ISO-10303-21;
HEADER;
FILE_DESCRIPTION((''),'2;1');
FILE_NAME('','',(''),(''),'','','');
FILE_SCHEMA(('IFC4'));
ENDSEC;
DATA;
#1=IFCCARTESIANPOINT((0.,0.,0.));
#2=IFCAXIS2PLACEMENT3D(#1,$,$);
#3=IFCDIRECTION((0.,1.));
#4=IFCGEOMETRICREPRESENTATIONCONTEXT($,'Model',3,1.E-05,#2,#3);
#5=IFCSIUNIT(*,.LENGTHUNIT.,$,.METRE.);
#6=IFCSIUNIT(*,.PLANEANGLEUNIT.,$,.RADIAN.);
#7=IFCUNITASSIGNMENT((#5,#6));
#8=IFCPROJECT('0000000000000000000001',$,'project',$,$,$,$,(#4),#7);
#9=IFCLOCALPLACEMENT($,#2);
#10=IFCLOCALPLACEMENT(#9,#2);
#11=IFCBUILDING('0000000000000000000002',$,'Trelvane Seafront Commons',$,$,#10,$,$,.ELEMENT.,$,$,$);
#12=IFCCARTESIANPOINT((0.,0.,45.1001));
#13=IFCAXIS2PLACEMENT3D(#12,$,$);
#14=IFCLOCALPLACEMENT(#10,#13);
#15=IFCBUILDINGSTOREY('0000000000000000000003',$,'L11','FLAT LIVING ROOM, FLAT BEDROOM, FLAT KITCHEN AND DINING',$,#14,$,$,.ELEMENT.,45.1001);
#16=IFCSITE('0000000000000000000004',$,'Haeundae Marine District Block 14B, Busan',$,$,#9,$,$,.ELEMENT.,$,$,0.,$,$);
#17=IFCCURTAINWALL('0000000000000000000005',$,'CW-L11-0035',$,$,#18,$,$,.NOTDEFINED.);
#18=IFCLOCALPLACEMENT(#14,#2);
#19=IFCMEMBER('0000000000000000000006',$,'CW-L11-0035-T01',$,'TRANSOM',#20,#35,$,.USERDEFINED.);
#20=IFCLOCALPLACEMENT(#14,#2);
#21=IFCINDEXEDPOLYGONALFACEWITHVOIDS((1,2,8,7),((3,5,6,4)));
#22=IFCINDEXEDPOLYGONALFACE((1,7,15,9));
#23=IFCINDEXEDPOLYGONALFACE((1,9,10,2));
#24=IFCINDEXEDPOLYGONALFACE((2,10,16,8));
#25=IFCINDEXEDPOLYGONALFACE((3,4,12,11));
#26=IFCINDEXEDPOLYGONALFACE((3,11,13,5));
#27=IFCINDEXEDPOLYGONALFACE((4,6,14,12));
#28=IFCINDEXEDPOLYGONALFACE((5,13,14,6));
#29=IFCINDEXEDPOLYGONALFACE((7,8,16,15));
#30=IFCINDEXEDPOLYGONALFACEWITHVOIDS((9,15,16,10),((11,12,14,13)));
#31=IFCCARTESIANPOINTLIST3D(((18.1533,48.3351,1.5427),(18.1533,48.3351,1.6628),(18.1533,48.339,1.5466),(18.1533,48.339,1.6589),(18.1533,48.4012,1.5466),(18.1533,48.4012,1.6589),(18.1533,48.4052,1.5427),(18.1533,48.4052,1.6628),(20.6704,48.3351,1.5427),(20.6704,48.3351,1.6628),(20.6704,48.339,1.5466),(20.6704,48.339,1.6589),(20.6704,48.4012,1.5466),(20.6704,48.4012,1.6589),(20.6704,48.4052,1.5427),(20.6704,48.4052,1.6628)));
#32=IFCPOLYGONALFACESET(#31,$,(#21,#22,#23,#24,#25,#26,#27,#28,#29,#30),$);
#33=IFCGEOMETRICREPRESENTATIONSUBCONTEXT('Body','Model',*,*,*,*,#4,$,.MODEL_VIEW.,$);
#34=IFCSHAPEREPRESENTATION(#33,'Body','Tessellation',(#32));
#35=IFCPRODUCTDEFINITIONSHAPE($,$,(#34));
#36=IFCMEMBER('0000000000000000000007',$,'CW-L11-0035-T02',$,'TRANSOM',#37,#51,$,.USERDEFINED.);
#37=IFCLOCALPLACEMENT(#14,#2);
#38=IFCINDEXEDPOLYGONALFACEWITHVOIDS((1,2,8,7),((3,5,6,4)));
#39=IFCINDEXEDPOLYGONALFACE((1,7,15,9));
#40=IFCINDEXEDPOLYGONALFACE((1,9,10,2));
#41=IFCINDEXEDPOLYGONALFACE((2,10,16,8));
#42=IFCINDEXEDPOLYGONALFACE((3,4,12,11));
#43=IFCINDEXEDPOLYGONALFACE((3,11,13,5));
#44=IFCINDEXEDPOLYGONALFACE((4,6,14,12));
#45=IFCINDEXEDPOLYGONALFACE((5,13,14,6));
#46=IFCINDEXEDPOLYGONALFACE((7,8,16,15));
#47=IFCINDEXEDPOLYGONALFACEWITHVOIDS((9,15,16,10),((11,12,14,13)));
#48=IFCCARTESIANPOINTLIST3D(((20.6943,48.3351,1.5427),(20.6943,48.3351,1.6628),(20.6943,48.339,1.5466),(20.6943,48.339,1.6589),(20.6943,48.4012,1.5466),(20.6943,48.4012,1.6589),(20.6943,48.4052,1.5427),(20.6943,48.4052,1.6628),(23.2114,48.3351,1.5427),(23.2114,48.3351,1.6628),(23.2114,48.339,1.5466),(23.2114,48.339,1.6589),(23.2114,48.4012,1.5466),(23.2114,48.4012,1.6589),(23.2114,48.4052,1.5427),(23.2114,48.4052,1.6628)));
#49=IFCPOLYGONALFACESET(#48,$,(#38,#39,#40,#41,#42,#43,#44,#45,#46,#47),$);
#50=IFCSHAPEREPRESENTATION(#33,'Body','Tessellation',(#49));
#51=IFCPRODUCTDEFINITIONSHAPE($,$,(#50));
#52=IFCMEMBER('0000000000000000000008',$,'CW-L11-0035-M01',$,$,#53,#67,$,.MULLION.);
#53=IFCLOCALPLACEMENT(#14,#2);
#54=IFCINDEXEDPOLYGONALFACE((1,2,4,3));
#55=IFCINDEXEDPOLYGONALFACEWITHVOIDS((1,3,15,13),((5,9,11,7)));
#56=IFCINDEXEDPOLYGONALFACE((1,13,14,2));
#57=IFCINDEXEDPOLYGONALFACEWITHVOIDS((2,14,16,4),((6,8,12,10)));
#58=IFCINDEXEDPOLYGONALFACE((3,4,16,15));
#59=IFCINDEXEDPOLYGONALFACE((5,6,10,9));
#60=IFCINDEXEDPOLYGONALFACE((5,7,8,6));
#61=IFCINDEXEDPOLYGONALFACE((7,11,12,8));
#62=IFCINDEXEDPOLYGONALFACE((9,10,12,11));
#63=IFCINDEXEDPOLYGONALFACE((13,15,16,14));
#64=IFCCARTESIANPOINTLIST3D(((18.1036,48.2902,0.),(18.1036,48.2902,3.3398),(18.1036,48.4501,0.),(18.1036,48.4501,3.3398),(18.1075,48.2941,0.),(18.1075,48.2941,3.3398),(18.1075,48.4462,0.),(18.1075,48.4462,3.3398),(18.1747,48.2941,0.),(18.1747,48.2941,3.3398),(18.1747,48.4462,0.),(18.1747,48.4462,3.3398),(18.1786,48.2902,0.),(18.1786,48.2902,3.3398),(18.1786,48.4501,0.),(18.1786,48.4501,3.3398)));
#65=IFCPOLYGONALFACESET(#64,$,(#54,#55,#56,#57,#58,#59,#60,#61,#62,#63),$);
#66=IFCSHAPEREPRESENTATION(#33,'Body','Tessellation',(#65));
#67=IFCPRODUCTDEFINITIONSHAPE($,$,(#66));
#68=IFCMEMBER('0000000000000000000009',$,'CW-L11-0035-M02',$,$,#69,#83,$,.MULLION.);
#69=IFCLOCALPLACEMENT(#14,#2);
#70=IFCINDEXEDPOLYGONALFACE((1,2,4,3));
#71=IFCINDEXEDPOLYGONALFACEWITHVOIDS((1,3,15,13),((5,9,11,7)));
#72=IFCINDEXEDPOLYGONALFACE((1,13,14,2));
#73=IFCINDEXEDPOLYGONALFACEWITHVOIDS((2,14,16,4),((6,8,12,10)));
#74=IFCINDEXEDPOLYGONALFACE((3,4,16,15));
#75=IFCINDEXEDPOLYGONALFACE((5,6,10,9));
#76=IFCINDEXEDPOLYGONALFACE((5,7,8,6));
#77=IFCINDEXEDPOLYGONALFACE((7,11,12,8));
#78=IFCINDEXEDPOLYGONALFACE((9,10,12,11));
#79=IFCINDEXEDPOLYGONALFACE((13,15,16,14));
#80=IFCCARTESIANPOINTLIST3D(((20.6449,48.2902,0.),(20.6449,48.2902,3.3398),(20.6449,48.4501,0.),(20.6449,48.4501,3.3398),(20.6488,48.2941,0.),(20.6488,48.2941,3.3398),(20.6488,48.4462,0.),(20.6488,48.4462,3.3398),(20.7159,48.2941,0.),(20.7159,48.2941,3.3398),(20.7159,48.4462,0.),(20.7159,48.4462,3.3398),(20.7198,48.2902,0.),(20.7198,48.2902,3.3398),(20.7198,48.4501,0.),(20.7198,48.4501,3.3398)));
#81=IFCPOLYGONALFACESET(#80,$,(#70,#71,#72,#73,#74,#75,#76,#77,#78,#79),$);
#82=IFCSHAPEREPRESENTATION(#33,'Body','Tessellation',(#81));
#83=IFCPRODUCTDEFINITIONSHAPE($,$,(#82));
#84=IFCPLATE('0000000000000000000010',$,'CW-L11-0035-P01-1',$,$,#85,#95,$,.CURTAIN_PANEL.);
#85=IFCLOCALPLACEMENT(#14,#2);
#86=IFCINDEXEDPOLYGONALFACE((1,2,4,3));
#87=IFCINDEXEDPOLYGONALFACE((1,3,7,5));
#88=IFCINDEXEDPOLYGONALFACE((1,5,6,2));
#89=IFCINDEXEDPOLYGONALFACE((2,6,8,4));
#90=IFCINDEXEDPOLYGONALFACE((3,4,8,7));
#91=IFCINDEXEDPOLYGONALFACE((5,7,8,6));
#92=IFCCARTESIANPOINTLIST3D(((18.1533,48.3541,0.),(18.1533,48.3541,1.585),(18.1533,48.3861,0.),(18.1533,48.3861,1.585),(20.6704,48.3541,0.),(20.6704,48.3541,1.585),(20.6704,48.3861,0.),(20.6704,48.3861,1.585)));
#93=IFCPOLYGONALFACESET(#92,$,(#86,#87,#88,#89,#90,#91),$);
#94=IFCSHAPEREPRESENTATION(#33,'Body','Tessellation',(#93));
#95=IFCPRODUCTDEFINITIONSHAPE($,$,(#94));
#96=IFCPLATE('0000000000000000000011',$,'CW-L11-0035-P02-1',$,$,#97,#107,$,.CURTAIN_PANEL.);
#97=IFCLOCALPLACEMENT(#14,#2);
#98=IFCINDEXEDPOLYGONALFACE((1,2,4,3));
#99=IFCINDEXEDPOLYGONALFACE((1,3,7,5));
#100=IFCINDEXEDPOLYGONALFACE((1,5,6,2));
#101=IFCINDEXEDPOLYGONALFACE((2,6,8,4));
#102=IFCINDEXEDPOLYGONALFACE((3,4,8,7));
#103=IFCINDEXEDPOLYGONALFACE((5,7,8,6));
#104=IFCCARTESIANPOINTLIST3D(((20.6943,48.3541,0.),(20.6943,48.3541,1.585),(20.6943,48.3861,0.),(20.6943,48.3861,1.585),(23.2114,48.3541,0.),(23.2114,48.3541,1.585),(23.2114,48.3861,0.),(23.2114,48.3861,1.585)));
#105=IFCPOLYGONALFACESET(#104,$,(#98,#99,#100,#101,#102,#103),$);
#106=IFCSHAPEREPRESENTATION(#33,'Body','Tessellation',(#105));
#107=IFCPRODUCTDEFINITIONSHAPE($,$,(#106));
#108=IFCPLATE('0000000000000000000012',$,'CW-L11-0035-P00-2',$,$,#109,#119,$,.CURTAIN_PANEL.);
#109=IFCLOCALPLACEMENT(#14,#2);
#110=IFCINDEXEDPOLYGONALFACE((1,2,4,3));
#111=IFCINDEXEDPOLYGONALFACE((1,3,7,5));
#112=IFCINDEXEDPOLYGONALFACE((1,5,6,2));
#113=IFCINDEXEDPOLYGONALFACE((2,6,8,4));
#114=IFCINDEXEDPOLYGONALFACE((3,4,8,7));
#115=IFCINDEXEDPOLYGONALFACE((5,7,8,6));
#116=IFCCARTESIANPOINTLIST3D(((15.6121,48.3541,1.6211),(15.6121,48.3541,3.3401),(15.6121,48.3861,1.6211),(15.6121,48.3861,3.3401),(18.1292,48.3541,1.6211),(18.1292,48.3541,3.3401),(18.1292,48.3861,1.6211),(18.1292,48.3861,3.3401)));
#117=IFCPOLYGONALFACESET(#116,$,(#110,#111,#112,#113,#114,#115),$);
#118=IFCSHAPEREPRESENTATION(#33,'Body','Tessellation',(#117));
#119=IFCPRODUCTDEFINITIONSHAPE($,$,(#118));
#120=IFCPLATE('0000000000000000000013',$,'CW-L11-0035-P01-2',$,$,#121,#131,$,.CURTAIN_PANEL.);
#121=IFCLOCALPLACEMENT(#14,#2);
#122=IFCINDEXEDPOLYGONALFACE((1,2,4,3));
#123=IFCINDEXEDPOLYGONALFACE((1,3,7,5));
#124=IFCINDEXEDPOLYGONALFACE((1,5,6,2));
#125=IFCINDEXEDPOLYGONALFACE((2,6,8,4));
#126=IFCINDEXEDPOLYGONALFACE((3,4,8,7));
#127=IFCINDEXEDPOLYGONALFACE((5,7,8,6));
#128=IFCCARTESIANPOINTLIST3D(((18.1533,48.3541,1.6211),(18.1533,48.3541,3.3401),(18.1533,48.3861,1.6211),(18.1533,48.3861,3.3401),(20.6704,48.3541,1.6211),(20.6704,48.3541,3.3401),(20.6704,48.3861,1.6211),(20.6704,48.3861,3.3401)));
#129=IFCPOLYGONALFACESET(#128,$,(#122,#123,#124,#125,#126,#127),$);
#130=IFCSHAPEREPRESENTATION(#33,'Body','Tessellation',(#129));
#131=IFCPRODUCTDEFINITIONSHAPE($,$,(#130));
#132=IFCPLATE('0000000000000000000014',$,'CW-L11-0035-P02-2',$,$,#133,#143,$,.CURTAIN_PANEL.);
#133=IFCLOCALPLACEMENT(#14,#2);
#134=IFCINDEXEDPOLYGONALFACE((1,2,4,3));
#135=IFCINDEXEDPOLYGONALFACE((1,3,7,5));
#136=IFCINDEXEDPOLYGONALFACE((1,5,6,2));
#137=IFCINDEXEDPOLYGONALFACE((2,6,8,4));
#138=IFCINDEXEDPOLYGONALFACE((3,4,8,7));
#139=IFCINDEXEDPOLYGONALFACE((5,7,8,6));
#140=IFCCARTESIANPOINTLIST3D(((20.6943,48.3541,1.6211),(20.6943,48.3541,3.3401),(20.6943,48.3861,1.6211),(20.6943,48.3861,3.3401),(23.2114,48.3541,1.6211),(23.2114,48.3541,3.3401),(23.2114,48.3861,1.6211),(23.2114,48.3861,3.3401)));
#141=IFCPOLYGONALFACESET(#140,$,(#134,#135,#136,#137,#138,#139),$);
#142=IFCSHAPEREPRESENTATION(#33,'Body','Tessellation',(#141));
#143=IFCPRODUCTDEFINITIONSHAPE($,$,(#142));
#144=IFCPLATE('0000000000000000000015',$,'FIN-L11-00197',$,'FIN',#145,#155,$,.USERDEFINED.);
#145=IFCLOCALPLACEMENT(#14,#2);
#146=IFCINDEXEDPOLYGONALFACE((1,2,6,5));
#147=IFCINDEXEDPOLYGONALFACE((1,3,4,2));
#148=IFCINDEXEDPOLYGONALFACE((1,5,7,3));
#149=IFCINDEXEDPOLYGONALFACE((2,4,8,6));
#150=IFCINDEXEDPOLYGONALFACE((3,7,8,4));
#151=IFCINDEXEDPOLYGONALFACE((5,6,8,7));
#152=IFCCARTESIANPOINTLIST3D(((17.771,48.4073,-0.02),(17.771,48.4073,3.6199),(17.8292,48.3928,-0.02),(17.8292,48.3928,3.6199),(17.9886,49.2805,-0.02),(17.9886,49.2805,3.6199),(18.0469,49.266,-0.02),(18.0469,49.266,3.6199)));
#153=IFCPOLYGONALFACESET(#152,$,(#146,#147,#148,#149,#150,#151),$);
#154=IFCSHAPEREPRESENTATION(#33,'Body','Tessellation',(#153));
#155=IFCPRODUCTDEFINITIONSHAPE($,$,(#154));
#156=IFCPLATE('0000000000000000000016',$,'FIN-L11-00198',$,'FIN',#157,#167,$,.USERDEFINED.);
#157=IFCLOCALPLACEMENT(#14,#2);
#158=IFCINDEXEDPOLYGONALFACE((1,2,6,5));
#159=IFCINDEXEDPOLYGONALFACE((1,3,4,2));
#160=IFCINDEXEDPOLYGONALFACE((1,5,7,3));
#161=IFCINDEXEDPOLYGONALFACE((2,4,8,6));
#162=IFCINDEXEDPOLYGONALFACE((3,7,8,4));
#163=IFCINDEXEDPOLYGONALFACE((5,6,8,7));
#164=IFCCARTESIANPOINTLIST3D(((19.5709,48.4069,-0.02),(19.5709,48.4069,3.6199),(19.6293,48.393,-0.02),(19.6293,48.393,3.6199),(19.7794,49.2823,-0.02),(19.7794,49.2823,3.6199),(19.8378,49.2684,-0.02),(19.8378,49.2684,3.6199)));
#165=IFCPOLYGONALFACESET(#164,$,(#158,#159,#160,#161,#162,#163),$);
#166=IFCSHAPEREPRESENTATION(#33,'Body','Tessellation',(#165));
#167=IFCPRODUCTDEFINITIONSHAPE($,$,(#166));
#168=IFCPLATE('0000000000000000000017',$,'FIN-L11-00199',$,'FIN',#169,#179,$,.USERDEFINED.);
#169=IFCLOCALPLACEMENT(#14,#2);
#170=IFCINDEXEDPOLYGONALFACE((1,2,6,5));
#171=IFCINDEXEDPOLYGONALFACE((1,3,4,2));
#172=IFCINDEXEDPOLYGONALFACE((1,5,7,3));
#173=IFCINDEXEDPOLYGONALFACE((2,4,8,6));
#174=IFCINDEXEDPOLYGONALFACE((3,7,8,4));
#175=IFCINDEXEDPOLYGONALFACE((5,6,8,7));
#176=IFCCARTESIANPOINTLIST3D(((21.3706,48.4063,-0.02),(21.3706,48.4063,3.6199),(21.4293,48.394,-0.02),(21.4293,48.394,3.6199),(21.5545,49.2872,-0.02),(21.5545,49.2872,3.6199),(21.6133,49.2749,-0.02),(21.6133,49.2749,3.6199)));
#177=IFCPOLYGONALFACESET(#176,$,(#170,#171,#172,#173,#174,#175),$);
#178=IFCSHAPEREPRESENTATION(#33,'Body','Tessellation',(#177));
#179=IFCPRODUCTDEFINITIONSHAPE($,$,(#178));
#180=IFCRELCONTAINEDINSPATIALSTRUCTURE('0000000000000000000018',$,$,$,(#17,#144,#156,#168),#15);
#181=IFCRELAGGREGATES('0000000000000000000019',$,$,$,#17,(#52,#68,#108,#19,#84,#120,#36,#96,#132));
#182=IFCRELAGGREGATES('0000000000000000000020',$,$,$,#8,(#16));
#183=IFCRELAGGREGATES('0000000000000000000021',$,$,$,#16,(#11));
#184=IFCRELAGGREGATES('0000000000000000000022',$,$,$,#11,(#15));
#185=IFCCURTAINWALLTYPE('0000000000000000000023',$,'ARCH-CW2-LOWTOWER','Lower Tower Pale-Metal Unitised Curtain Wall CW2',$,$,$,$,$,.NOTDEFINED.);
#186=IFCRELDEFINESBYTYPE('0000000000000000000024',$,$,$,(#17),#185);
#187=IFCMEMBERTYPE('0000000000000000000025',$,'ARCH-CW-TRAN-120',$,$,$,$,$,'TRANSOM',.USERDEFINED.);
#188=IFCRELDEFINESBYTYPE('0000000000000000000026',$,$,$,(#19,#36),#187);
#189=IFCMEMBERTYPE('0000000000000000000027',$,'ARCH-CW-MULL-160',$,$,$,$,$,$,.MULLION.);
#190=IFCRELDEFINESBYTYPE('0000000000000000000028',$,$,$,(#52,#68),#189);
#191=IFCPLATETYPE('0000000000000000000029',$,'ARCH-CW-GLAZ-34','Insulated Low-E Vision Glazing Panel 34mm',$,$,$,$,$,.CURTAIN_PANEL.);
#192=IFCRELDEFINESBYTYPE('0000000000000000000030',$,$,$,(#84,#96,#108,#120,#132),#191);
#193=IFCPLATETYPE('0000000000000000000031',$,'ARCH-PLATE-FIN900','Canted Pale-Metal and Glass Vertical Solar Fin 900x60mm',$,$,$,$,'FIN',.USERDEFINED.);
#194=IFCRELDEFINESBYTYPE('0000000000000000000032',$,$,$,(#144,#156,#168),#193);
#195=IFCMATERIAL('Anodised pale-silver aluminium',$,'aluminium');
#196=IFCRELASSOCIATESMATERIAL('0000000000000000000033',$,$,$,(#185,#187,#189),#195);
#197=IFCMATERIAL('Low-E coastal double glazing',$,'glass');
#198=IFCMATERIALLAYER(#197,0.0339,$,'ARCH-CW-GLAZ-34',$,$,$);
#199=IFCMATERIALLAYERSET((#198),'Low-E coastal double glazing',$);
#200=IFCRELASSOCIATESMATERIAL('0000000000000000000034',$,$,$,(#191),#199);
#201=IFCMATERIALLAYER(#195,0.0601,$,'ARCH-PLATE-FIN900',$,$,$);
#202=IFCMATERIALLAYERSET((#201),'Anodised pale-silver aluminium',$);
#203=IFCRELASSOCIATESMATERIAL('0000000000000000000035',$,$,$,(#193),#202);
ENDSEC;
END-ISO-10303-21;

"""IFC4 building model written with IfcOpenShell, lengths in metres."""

from ifc_helpers import new_model, si_unit, direction, frame, origin, origin_2d, place, context, subcontext, project, spatial, rectangle, hollow_rectangle, extrude, source, transform, mapped, material, layer, layer_set, material_profile, profile_set, type_object, element, aggregate, save


model = new_model("IFC4")

# Units and contexts
model_context = context("Model", 3, precision=1e-05, world=origin(), true_north=direction((0.0, 1.0)))
body_context = subcontext(model_context, "Body", "Model", "MODEL_VIEW")
ifc_project = project(units=[si_unit("LENGTHUNIT", "METRE"), si_unit("PLANEANGLEUNIT", "RADIAN")], contexts=[model_context])

# Site, building, storey
site_placement = place(None, origin())
site = spatial("IfcSite", under=ifc_project, at=site_placement, Name="Haeundae Marine District Block 14B, Busan", CompositionType="ELEMENT", RefElevation=0.0)
building_placement = place(site_placement, origin())
building = spatial("IfcBuilding", under=site, at=building_placement, Name="Trelvane Seafront Commons", CompositionType="ELEMENT")
storey_placement = place(building_placement, frame((0.0, 0.0, 45.1001)))
storey = spatial("IfcBuildingStorey", under=building, at=storey_placement, Name="L11", Description="FLAT LIVING ROOM, FLAT BEDROOM, FLAT KITCHEN AND DINING", CompositionType="ELEMENT", Elevation=45.1001)

# Curtain wall, members, plates
ifc_material_1 = material(Name="Anodised pale-silver aluminium", Category="aluminium")
curtain_wall_type = type_object("IfcCurtainWallType", Name="ARCH-CW2-LOWTOWER", Description="Lower Tower Pale-Metal Unitised Curtain Wall CW2", PredefinedType="NOTDEFINED", material=ifc_material_1)
curtain_wall_placement = place(storey_placement, origin())
curtain_wall = element("IfcCurtainWall", 1, at=curtain_wall_placement, inside=storey, type_object=curtain_wall_type, Name="CW-L11-0035", PredefinedType="NOTDEFINED")
ifc_material_profile_1 = material_profile(ifc_material_1, hollow_rectangle(XDim=0.0701, YDim=0.1201, WallThickness=0.0039, at=origin_2d()), Name="TRAN-70x120x4")
ifc_profile_set_1 = profile_set([ifc_material_profile_1], Name="Anodised pale-silver aluminium")
member_type_1 = type_object("IfcMemberType", Name="ARCH-CW-TRAN-120", ElementType="TRANSOM", PredefinedType="USERDEFINED", material=ifc_profile_set_1)
shared_shape_1 = source(origin(), body_context, "Body", "SweptSolid", [
    extrude(hollow_rectangle(XDim=0.0701, YDim=0.1201, WallThickness=0.0039, at=origin_2d()), origin(), (0.0, 0.0, 1.0), 2.5171),
])
member_1_placement = place(storey_placement, frame((18.1533, 48.3701, 1.6028), z_axis=(1.0, 0.0, 0.0), x_axis=(0.0, 1.0, 0.0)))
member_1 = element("IfcMember", 2, at=member_1_placement, type_object=member_type_1, Name="CW-L11-0035-T01", ObjectType="TRANSOM", PredefinedType="USERDEFINED", context=body_context, shape_type="MappedRepresentation", body=[
    mapped(shared_shape_1, transform((0.0, 0.0, 0.0), x_axis=(1.0, 0.0, 0.0), y_axis=(0.0, 1.0, 0.0), z_axis=(0.0, 0.0, 1.0), scale=1.0)),
])
member_2_placement = place(storey_placement, frame((20.6943, 48.3701, 1.6028), z_axis=(1.0, 0.0, 0.0), x_axis=(0.0, 1.0, 0.0)))
member_2 = element("IfcMember", 3, at=member_2_placement, type_object=member_type_1, Name="CW-L11-0035-T02", ObjectType="TRANSOM", PredefinedType="USERDEFINED", context=body_context, shape_type="MappedRepresentation", body=[
    mapped(shared_shape_1, transform((0.0, 0.0, 0.0), x_axis=(1.0, 0.0, 0.0), y_axis=(0.0, 1.0, 0.0), z_axis=(0.0, 0.0, 1.0), scale=1.0)),
])
ifc_material_profile_2 = material_profile(ifc_material_1, hollow_rectangle(XDim=0.075, YDim=0.1599, WallThickness=0.0039, at=origin_2d()), Name="MULL-75x160x4")
ifc_profile_set_2 = profile_set([ifc_material_profile_2], Name="Anodised pale-silver aluminium")
member_type_2 = type_object("IfcMemberType", Name="ARCH-CW-MULL-160", PredefinedType="MULLION", material=ifc_profile_set_2)
shared_shape_2 = source(origin(), body_context, "Body", "SweptSolid", [
    extrude(hollow_rectangle(XDim=0.075, YDim=0.1599, WallThickness=0.0039, at=origin_2d()), origin(), (0.0, 0.0, 1.0), 3.3398),
])
member_3_placement = place(storey_placement, frame((18.1411, 48.3701, 0.0), z_axis=(0.0, 0.0, 1.0), x_axis=(1.0, 0.0, 0.0)))
member_3 = element("IfcMember", 4, at=member_3_placement, type_object=member_type_2, Name="CW-L11-0035-M01", PredefinedType="MULLION", context=body_context, shape_type="MappedRepresentation", body=[
    mapped(shared_shape_2, transform((0.0, 0.0, 0.0), x_axis=(1.0, 0.0, 0.0), y_axis=(0.0, 1.0, 0.0), z_axis=(0.0, 0.0, 1.0), scale=1.0)),
])
member_4_placement = place(storey_placement, frame((20.6824, 48.3701, 0.0), z_axis=(0.0, 0.0, 1.0), x_axis=(1.0, 0.0, 0.0)))
member_4 = element("IfcMember", 5, at=member_4_placement, type_object=member_type_2, Name="CW-L11-0035-M02", PredefinedType="MULLION", context=body_context, shape_type="MappedRepresentation", body=[
    mapped(shared_shape_2, transform((0.0, 0.0, 0.0), x_axis=(1.0, 0.0, 0.0), y_axis=(0.0, 1.0, 0.0), z_axis=(0.0, 0.0, 1.0), scale=1.0)),
])
ifc_material_2 = material(Name="Low-E coastal double glazing", Category="glass")
ifc_layer_1 = layer(ifc_material_2, 0.0339, Name="ARCH-CW-GLAZ-34")
ifc_layer_set_1 = layer_set([ifc_layer_1], Name="Low-E coastal double glazing")
plate_type_1 = type_object("IfcPlateType", Name="ARCH-CW-GLAZ-34", Description="Insulated Low-E Vision Glazing Panel 34mm", PredefinedType="CURTAIN_PANEL", material=ifc_layer_set_1)
shared_shape_3 = source(origin(), body_context, "Body", "SweptSolid", [
    extrude(rectangle(XDim=2.5171, YDim=0.032, at=origin_2d()), origin(), (0.0, 0.0, 1.0), 1.585),
])
plate_1_placement = place(storey_placement, frame((19.4119, 48.3701, 0.0), z_axis=(0.0, 0.0, 1.0), x_axis=(1.0, 0.0, 0.0)))
plate_1 = element("IfcPlate", 6, at=plate_1_placement, type_object=plate_type_1, Name="CW-L11-0035-P01-1", PredefinedType="CURTAIN_PANEL", context=body_context, shape_type="MappedRepresentation", body=[
    mapped(shared_shape_3, transform((0.0, 0.0, 0.0), x_axis=(1.0, 0.0, 0.0), y_axis=(0.0, 1.0, 0.0), z_axis=(0.0, 0.0, 1.0), scale=1.0)),
])
plate_2_placement = place(storey_placement, frame((21.9529, 48.3701, 0.0), z_axis=(0.0, 0.0, 1.0), x_axis=(1.0, 0.0, 0.0)))
plate_2 = element("IfcPlate", 7, at=plate_2_placement, type_object=plate_type_1, Name="CW-L11-0035-P02-1", PredefinedType="CURTAIN_PANEL", context=body_context, shape_type="MappedRepresentation", body=[
    mapped(shared_shape_3, transform((0.0, 0.0, 0.0), x_axis=(1.0, 0.0, 0.0), y_axis=(0.0, 1.0, 0.0), z_axis=(0.0, 0.0, 1.0), scale=1.0)),
])
shared_shape_4 = source(origin(), body_context, "Body", "SweptSolid", [
    extrude(rectangle(XDim=2.5171, YDim=0.032, at=origin_2d()), origin(), (0.0, 0.0, 1.0), 1.719),
])
plate_3_placement = place(storey_placement, frame((16.8706, 48.3701, 1.6211), z_axis=(0.0, 0.0, 1.0), x_axis=(1.0, 0.0, 0.0)))
plate_3 = element("IfcPlate", 8, at=plate_3_placement, type_object=plate_type_1, Name="CW-L11-0035-P00-2", PredefinedType="CURTAIN_PANEL", context=body_context, shape_type="MappedRepresentation", body=[
    mapped(shared_shape_4, transform((0.0, 0.0, 0.0), x_axis=(1.0, 0.0, 0.0), y_axis=(0.0, 1.0, 0.0), z_axis=(0.0, 0.0, 1.0), scale=1.0)),
])
plate_4_placement = place(storey_placement, frame((19.4119, 48.3701, 1.6211), z_axis=(0.0, 0.0, 1.0), x_axis=(1.0, 0.0, 0.0)))
plate_4 = element("IfcPlate", 9, at=plate_4_placement, type_object=plate_type_1, Name="CW-L11-0035-P01-2", PredefinedType="CURTAIN_PANEL", context=body_context, shape_type="MappedRepresentation", body=[
    mapped(shared_shape_4, transform((0.0, 0.0, 0.0), x_axis=(1.0, 0.0, 0.0), y_axis=(0.0, 1.0, 0.0), z_axis=(0.0, 0.0, 1.0), scale=1.0)),
])
plate_5_placement = place(storey_placement, frame((21.9529, 48.3701, 1.6211), z_axis=(0.0, 0.0, 1.0), x_axis=(1.0, 0.0, 0.0)))
plate_5 = element("IfcPlate", 10, at=plate_5_placement, type_object=plate_type_1, Name="CW-L11-0035-P02-2", PredefinedType="CURTAIN_PANEL", context=body_context, shape_type="MappedRepresentation", body=[
    mapped(shared_shape_4, transform((0.0, 0.0, 0.0), x_axis=(1.0, 0.0, 0.0), y_axis=(0.0, 1.0, 0.0), z_axis=(0.0, 0.0, 1.0), scale=1.0)),
])
aggregate(curtain_wall, [member_3, member_4, plate_3, member_1, plate_1, plate_4, member_2, plate_2, plate_5])

# Plates
ifc_layer_2 = layer(ifc_material_1, 0.0601, Name="ARCH-PLATE-FIN900")
ifc_layer_set_2 = layer_set([ifc_layer_2], Name="Anodised pale-silver aluminium")
plate_type_2 = type_object("IfcPlateType", Name="ARCH-PLATE-FIN900", Description="Canted Pale-Metal and Glass Vertical Solar Fin 900x60mm", ElementType="FIN", PredefinedType="USERDEFINED", material=ifc_layer_set_2)
shared_shape_5 = source(origin(), body_context, "Body", "SweptSolid", [
    extrude(rectangle(XDim=0.8999, YDim=0.0601, at=origin_2d()), origin(), (0.0, 0.0, 1.0), 3.6399),
])
for number, where, z_axis, x_axis, name in (
    (11, (17.9089, 48.8367, -0.02), (0.0, 0.0, 1.0), (0.241881, 0.970306, 0.0), "FIN-L11-00197"),
    (12, (19.7043, 48.8376, -0.02), (0.0, 0.0, 1.0), (0.23167, 0.972794, 0.0), "FIN-L11-00198"),
    (13, (21.4919, 48.8406, -0.02), (0.0, 0.0, 1.0), (0.204443, 0.978878, 0.0), "FIN-L11-00199"),
):
    element("IfcPlate", number, at=place(storey_placement, frame(where, z_axis=z_axis, x_axis=x_axis)), inside=storey, type_object=plate_type_2, Name=name, ObjectType="FIN", PredefinedType="USERDEFINED", context=body_context, shape_type="MappedRepresentation", body=[
        mapped(shared_shape_5, transform((0.0, 0.0, 0.0), x_axis=(1.0, 0.0, 0.0), y_axis=(0.0, 1.0, 0.0), z_axis=(0.0, 0.0, 1.0), scale=1.0)),
    ])

save(model, "model.ifc")
